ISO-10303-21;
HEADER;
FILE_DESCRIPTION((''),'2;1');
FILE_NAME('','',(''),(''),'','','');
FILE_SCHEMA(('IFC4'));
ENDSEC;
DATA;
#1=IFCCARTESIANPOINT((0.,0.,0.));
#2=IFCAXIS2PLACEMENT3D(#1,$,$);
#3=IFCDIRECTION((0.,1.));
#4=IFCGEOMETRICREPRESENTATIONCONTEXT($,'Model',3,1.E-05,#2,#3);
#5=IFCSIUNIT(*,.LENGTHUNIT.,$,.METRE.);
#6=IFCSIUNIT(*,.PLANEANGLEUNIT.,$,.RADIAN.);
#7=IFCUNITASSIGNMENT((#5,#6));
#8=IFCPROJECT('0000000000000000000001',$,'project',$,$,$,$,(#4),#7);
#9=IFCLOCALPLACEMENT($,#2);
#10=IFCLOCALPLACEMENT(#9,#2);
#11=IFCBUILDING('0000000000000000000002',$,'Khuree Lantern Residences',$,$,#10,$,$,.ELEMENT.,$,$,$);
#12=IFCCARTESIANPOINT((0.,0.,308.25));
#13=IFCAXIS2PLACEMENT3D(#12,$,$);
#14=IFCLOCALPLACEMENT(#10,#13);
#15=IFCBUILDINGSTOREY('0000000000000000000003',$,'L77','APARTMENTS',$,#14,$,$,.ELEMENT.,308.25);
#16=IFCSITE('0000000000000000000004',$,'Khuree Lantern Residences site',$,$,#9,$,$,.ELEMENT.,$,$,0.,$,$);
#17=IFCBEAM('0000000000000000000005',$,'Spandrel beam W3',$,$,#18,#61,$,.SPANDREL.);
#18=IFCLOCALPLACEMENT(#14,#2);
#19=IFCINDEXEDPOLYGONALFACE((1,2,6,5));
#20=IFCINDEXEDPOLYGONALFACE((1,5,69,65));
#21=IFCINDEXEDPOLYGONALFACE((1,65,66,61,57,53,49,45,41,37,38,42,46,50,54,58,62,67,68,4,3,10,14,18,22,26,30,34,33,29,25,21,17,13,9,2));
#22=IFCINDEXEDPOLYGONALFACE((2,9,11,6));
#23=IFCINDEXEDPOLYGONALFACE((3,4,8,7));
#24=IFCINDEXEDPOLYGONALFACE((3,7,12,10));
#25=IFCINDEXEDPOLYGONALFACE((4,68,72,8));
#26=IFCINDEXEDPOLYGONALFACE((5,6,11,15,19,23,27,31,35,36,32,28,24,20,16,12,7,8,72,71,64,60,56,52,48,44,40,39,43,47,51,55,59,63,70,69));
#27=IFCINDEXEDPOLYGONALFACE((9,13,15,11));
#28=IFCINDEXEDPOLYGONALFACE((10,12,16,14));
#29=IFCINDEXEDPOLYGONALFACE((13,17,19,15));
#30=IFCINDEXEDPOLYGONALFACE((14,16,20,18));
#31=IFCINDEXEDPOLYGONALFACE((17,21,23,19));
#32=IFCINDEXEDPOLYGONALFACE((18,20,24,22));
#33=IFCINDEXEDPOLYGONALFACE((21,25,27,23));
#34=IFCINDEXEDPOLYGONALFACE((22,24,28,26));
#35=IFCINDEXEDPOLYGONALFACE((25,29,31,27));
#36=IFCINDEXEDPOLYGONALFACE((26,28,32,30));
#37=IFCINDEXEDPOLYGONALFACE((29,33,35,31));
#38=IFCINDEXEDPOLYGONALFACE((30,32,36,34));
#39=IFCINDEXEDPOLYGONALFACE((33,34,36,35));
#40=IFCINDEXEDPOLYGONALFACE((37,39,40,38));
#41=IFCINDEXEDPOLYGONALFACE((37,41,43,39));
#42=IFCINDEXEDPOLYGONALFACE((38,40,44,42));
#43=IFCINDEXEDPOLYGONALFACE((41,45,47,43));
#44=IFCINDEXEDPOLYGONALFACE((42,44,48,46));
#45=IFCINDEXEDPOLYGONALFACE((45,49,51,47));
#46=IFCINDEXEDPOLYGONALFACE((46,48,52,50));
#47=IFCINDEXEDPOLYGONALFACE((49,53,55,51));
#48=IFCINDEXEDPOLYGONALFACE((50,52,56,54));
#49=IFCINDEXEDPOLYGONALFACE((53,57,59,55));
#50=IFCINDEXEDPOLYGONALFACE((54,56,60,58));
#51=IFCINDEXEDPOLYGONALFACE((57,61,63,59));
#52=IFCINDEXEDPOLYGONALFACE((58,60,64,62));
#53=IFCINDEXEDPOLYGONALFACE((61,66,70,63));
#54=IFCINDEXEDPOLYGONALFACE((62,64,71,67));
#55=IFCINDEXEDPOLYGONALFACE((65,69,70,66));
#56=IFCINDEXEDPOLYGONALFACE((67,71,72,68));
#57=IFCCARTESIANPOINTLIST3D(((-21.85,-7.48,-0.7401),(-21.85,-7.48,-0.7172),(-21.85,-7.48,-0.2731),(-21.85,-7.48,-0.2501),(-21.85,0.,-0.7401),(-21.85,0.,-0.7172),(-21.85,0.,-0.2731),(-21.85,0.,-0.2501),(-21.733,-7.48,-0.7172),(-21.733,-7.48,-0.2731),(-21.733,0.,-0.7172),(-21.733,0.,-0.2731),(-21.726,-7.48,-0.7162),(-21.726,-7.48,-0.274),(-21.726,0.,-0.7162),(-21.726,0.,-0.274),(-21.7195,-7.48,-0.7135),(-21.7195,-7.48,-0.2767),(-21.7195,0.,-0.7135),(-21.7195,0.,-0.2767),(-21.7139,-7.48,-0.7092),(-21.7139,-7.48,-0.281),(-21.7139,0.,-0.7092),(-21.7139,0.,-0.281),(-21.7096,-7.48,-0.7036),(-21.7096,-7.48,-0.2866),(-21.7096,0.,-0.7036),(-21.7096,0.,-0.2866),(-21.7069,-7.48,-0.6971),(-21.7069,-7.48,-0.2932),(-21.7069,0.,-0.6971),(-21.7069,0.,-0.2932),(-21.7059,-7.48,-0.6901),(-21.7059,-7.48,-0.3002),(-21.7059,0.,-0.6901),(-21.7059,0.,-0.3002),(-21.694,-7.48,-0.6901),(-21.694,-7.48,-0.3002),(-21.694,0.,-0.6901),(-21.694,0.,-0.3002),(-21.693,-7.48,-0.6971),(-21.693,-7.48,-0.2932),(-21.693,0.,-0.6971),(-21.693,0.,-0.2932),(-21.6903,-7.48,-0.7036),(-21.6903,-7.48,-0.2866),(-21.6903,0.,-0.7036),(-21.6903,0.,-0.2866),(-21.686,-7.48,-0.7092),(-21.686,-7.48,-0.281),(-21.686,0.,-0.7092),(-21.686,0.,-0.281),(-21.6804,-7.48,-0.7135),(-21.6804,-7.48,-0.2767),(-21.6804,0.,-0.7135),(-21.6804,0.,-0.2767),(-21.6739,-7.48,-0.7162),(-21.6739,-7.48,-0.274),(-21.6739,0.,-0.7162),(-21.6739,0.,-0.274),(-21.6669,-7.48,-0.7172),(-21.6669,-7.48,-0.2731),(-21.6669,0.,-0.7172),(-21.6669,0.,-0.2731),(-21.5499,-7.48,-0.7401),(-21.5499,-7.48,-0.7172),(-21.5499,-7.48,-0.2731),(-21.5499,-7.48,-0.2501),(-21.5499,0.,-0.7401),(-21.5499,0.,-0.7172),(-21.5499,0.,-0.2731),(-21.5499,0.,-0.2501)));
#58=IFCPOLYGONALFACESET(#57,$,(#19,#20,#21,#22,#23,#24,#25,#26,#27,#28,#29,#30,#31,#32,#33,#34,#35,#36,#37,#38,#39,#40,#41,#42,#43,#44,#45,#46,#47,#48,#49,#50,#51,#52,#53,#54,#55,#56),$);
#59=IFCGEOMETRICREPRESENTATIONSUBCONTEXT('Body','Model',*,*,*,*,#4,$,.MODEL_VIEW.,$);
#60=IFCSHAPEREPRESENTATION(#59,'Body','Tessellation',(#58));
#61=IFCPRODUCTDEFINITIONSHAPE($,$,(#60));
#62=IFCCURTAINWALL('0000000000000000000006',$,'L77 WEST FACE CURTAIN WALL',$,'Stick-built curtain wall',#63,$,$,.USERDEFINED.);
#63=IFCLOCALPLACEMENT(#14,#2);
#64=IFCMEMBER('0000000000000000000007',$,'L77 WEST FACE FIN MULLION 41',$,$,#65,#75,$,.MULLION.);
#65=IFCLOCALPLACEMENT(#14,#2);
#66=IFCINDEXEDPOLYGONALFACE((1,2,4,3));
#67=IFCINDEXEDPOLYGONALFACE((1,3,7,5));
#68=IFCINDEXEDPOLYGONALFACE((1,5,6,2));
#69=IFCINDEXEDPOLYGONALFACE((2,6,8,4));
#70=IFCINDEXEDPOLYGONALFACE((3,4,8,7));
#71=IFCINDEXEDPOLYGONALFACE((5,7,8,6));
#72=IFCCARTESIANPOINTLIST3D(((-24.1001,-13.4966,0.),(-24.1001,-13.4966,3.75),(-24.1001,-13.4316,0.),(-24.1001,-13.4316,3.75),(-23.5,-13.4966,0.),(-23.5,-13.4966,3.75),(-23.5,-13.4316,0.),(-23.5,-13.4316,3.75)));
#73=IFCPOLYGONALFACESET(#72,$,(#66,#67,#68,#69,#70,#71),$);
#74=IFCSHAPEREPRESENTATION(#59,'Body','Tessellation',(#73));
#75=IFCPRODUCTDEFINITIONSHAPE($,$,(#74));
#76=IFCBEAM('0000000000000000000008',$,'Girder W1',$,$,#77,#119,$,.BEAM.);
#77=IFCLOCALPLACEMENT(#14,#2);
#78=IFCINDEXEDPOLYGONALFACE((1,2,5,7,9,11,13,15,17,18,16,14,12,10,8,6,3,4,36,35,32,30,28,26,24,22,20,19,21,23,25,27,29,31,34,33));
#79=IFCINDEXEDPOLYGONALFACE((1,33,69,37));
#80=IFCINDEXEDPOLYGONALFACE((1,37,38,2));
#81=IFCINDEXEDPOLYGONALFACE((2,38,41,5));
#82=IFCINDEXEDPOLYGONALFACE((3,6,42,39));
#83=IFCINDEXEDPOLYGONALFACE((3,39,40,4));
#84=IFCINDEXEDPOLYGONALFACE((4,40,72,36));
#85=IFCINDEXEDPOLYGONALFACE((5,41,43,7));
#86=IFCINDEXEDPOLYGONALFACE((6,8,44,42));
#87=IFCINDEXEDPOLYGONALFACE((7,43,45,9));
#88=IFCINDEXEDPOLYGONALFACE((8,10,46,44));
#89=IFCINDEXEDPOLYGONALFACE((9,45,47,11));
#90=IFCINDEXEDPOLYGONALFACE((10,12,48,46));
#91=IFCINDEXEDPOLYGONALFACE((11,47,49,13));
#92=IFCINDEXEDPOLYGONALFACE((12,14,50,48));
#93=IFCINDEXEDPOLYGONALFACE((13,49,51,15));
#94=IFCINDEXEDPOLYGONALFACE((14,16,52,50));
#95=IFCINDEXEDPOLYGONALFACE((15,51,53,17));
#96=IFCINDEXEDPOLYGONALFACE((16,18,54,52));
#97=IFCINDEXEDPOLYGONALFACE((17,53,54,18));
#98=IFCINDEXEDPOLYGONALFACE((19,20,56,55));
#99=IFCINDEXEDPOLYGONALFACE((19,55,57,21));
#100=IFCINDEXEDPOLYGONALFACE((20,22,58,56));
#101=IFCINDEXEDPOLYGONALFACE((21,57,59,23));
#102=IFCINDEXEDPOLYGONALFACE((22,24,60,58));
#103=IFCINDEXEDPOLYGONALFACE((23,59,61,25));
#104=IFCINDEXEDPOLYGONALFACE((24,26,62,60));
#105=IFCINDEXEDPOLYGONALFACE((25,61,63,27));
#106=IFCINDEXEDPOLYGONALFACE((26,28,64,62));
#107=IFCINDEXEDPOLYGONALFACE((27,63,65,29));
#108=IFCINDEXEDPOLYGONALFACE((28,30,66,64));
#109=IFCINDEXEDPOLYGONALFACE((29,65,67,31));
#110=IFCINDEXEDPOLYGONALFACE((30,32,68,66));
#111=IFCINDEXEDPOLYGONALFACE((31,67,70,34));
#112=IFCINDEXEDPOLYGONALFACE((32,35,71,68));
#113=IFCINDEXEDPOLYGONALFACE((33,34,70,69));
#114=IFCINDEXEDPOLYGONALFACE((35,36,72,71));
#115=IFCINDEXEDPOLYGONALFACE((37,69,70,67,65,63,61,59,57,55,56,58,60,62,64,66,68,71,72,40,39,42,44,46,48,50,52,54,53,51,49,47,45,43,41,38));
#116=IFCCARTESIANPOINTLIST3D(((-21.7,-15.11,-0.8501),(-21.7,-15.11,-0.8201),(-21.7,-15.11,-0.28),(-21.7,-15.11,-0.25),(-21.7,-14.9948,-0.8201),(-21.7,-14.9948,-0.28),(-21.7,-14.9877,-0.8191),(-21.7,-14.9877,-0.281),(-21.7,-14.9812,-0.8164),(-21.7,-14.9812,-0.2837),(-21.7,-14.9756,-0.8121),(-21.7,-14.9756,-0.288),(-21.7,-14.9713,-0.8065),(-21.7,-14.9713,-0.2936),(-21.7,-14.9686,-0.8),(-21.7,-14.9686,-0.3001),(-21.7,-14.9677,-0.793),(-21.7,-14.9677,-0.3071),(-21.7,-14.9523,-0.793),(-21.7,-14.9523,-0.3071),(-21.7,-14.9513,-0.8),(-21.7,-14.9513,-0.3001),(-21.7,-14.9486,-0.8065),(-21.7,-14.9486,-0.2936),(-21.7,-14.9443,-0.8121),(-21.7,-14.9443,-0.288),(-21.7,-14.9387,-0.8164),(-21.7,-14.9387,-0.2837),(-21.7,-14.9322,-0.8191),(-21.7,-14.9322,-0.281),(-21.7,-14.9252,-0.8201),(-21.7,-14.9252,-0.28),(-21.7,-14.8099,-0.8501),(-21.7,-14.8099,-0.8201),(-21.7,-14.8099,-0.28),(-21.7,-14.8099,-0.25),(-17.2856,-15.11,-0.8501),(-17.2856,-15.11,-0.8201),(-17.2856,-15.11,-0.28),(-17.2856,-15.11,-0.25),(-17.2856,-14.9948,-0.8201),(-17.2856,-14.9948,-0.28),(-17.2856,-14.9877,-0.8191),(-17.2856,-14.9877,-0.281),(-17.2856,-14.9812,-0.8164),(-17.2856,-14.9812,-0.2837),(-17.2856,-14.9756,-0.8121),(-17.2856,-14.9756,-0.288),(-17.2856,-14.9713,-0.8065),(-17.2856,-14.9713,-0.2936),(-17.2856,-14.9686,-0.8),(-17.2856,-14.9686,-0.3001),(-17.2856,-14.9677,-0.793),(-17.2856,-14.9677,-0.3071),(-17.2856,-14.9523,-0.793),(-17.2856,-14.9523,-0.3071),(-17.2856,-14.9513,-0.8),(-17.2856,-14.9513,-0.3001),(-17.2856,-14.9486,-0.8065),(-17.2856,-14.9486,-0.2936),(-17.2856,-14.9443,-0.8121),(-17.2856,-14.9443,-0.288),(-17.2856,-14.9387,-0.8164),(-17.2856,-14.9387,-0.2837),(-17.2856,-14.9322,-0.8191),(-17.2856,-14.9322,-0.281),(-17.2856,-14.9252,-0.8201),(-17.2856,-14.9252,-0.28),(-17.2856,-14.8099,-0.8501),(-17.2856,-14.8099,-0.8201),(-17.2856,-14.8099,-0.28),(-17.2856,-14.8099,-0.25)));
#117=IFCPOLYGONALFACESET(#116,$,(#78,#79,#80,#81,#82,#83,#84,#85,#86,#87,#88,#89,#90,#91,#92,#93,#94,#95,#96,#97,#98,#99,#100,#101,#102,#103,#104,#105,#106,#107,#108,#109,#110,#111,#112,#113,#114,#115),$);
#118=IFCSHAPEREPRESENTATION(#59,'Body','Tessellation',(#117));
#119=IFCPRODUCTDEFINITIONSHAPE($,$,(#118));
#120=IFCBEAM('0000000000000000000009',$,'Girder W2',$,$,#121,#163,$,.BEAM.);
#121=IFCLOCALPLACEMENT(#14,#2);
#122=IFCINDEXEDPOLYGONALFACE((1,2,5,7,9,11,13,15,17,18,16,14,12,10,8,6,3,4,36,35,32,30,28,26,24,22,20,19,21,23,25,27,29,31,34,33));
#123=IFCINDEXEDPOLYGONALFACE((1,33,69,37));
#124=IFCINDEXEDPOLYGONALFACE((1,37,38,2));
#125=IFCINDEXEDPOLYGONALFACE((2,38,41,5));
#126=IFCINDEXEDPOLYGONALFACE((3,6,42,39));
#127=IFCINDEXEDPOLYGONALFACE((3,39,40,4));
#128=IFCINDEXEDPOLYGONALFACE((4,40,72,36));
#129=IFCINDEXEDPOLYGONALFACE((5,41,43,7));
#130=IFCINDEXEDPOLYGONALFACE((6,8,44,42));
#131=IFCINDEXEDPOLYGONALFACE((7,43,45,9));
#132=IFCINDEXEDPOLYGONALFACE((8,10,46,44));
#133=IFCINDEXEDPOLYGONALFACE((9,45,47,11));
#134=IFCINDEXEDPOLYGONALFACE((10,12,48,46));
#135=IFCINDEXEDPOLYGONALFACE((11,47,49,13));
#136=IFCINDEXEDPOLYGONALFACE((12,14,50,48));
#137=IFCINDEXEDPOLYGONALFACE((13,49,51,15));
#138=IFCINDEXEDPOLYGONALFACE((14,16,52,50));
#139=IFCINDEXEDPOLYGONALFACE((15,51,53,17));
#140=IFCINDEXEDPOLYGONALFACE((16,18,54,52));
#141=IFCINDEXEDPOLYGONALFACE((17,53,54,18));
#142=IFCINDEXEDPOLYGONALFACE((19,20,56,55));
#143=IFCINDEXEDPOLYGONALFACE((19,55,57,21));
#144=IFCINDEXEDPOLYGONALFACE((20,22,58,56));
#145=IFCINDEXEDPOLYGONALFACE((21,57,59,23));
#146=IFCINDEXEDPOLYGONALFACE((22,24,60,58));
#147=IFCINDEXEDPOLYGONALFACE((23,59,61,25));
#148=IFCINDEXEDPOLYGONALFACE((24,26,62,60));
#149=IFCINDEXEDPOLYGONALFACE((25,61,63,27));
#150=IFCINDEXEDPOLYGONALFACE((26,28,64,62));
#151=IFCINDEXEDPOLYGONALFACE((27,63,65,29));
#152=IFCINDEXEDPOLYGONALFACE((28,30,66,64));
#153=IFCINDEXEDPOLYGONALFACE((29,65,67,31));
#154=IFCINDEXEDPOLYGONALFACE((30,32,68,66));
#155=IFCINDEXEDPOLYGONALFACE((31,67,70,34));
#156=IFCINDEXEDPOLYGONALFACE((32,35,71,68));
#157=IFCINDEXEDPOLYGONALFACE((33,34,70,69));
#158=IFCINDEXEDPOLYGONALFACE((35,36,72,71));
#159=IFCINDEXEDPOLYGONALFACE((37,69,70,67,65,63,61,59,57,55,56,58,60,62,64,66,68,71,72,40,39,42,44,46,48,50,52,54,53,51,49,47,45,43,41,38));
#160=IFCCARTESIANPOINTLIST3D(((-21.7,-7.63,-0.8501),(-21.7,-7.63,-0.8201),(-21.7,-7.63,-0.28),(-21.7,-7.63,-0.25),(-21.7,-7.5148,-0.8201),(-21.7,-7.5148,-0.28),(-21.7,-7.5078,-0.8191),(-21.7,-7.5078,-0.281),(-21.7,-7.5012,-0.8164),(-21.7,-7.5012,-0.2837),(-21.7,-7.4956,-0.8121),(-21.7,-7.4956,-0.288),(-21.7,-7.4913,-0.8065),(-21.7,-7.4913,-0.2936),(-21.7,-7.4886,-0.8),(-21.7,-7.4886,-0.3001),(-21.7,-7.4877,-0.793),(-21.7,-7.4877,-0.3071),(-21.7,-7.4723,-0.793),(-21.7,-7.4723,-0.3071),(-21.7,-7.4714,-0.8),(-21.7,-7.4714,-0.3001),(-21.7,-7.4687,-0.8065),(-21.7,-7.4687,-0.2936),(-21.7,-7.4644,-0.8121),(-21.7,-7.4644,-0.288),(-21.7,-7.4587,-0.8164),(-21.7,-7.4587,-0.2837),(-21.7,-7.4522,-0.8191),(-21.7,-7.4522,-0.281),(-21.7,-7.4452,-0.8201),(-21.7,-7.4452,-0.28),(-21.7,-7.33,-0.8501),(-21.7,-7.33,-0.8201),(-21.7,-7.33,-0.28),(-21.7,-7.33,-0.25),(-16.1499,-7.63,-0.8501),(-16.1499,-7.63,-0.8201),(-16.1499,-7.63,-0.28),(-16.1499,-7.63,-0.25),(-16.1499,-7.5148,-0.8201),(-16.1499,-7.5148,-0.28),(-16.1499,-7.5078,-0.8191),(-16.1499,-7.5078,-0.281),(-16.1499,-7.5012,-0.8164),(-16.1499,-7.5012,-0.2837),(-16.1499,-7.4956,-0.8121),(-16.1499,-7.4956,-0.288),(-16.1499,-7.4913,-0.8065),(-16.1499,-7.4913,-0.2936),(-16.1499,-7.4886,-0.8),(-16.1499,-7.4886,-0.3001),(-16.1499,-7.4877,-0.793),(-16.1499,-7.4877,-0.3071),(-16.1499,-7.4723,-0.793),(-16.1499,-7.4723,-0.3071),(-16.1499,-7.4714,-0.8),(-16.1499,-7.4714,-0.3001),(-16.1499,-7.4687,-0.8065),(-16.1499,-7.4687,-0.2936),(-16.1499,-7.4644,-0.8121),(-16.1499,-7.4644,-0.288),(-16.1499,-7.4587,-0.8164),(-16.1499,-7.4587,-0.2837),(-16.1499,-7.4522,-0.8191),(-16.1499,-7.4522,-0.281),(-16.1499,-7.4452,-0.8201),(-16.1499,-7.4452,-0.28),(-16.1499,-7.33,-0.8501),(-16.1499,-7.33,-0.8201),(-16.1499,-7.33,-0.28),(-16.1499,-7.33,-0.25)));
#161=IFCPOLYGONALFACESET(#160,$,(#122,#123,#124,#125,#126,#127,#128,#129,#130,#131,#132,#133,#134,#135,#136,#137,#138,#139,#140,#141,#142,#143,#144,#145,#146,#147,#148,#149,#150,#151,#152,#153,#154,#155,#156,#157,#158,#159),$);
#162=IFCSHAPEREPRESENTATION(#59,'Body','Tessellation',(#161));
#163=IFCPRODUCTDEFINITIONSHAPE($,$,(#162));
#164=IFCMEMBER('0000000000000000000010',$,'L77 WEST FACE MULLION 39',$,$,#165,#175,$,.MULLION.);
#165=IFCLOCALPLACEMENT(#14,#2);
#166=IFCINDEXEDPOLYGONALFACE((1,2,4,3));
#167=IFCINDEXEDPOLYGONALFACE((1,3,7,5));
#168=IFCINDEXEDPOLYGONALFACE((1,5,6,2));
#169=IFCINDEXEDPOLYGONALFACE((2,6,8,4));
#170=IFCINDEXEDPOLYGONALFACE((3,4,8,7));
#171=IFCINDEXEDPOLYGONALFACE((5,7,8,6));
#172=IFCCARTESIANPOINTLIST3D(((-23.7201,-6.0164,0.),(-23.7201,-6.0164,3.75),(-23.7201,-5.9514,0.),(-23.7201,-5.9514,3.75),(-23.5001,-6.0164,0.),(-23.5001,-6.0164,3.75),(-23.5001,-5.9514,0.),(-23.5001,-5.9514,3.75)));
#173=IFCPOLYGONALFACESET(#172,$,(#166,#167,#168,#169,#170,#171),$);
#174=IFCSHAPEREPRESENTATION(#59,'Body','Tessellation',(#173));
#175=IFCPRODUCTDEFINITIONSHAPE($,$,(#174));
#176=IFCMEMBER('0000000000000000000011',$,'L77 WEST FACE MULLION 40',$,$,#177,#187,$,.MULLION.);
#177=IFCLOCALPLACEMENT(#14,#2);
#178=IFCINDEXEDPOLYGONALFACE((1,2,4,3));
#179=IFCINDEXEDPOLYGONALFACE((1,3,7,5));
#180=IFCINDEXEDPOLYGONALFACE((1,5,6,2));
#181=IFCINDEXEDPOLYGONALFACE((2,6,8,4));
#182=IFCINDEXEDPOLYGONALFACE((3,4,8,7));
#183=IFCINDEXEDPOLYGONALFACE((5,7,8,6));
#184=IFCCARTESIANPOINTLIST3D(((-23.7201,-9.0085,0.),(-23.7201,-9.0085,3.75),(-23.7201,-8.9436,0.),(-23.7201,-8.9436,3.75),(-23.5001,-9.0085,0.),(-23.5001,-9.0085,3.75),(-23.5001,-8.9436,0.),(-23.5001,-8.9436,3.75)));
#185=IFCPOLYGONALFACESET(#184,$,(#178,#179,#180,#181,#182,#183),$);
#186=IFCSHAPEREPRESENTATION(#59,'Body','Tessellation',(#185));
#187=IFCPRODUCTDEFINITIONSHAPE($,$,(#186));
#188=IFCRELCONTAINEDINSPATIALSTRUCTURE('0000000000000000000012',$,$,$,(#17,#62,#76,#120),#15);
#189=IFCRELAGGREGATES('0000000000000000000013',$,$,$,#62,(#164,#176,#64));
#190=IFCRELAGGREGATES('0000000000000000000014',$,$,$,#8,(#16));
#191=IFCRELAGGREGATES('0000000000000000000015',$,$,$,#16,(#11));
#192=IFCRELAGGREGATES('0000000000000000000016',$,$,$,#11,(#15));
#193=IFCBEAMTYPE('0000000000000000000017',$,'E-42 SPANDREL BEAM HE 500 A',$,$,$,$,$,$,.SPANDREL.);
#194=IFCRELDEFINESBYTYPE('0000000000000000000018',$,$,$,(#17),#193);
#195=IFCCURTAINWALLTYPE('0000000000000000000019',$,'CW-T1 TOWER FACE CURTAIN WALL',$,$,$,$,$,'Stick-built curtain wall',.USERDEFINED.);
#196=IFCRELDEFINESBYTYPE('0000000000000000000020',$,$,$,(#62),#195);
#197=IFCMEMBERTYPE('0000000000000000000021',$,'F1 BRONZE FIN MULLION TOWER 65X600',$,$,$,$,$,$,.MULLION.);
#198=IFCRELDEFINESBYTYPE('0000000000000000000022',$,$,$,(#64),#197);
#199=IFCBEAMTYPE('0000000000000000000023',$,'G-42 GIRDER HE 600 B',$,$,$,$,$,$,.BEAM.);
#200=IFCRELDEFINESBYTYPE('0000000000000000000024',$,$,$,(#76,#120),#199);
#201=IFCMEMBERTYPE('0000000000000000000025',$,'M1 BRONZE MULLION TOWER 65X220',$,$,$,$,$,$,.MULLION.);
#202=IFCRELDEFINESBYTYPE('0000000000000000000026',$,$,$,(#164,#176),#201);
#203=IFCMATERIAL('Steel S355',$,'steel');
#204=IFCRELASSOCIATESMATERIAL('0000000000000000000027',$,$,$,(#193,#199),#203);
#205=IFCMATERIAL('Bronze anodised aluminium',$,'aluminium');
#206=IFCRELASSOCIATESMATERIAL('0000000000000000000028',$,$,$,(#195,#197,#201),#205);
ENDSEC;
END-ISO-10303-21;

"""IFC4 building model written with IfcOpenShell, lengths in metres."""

from ifc_helpers import new_model, si_unit, direction, frame, origin, origin_2d, place, context, subcontext, project, spatial, rectangle, i_section, extrude, material, material_profile, profile_set, type_object, element, aggregate, save


model = new_model("IFC4")

# Units and contexts
model_context = context("Model", 3, precision=1e-05, world=origin(), true_north=direction((0.0, 1.0)))
body_context = subcontext(model_context, "Body", "Model", "MODEL_VIEW")
ifc_project = project(units=[si_unit("LENGTHUNIT", "METRE"), si_unit("PLANEANGLEUNIT", "RADIAN")], contexts=[model_context])

# Site, building, storey
site_placement = place(None, origin())
site = spatial("IfcSite", under=ifc_project, at=site_placement, Name="Khuree Lantern Residences site", CompositionType="ELEMENT", RefElevation=0.0)
building_placement = place(site_placement, origin())
building = spatial("IfcBuilding", under=site, at=building_placement, Name="Khuree Lantern Residences", CompositionType="ELEMENT")
storey_placement = place(building_placement, frame((0.0, 0.0, 308.25)))
storey = spatial("IfcBuildingStorey", under=building, at=storey_placement, Name="L77", Description="APARTMENTS", CompositionType="ELEMENT", Elevation=308.25)

# Beam
ifc_material_1 = material(Name="Steel S355", Category="steel")
ifc_material_profile_1 = material_profile(ifc_material_1, i_section(OverallWidth=0.3, OverallDepth=0.49, WebThickness=0.012, FlangeThickness=0.0229, FilletRadius=0.0271, at=origin_2d()), Name="HE 500 A")
ifc_profile_set_1 = profile_set([ifc_material_profile_1], Name="Steel S355")
beam_type_1 = type_object("IfcBeamType", Name="E-42 SPANDREL BEAM HE 500 A", PredefinedType="SPANDREL", material=ifc_profile_set_1)
for number, where, z_axis, x_axis, name in (
    (1, (-21.7, -7.48, -0.4951), (0.0, 1.0, 0.0), (-1.0, 0.0, 0.0), "Spandrel beam W3"),
):
    element("IfcBeam", number, at=place(storey_placement, frame(where, z_axis=z_axis, x_axis=x_axis)), inside=storey, type_object=beam_type_1, Name=name, PredefinedType="SPANDREL", context=body_context, shape_type="SweptSolid", body=[
        extrude(i_section(OverallWidth=0.3, OverallDepth=0.49, WebThickness=0.012, FlangeThickness=0.0229, FilletRadius=0.0271, at=origin_2d()), origin(), (0.0, 0.0, 1.0), 7.48),
    ])

# Curtain wall, member
ifc_material_2 = material(Name="Bronze anodised aluminium", Category="aluminium")
curtain_wall_type = type_object("IfcCurtainWallType", Name="CW-T1 TOWER FACE CURTAIN WALL", ElementType="Stick-built curtain wall", PredefinedType="USERDEFINED", material=ifc_material_2)
curtain_wall_placement = place(storey_placement, origin())
curtain_wall = element("IfcCurtainWall", 2, at=curtain_wall_placement, inside=storey, type_object=curtain_wall_type, Name="L77 WEST FACE CURTAIN WALL", ObjectType="Stick-built curtain wall", PredefinedType="USERDEFINED")
ifc_material_profile_2 = material_profile(ifc_material_2, rectangle(XDim=0.0649, YDim=0.6001, at=origin_2d()), Name="F1 65X600")
ifc_profile_set_2 = profile_set([ifc_material_profile_2], Name="Bronze anodised aluminium")
member_type_1 = type_object("IfcMemberType", Name="F1 BRONZE FIN MULLION TOWER 65X600", PredefinedType="MULLION", material=ifc_profile_set_2)
member_1_placement = place(storey_placement, frame((-23.8, -13.4641, 0.0), z_axis=(0.0, 0.0, 1.0), x_axis=(0.0, -1.0, 0.0)))
member_1 = element("IfcMember", 3, at=member_1_placement, type_object=member_type_1, Name="L77 WEST FACE FIN MULLION 41", PredefinedType="MULLION", context=body_context, shape_type="SweptSolid", body=[
    extrude(rectangle(XDim=0.0649, YDim=0.6001, at=origin_2d()), origin(), (0.0, 0.0, 1.0), 3.75),
])

# Beams
ifc_material_profile_3 = material_profile(ifc_material_1, i_section(OverallWidth=0.3, OverallDepth=0.6001, WebThickness=0.0154, FlangeThickness=0.03, FilletRadius=0.0271, at=origin_2d()), Name="HE 600 B")
ifc_profile_set_3 = profile_set([ifc_material_profile_3], Name="Steel S355")
beam_type_2 = type_object("IfcBeamType", Name="G-42 GIRDER HE 600 B", PredefinedType="BEAM", material=ifc_profile_set_3)
beam_1_placement = place(storey_placement, frame((-21.7, -14.96, -0.55), z_axis=(1.0, 0.0, 0.0), x_axis=(0.0, 1.0, 0.0)))
element("IfcBeam", 4, at=beam_1_placement, inside=storey, type_object=beam_type_2, Name="Girder W1", PredefinedType="BEAM", context=body_context, shape_type="SweptSolid", body=[
    extrude(i_section(OverallWidth=0.3, OverallDepth=0.6001, WebThickness=0.0154, FlangeThickness=0.03, FilletRadius=0.0271, at=origin_2d()), origin(), (0.0, 0.0, 1.0), 4.4143),
])
beam_2_placement = place(storey_placement, frame((-21.7, -7.48, -0.55), z_axis=(1.0, 0.0, 0.0), x_axis=(0.0, 1.0, 0.0)))
element("IfcBeam", 5, at=beam_2_placement, inside=storey, type_object=beam_type_2, Name="Girder W2", PredefinedType="BEAM", context=body_context, shape_type="SweptSolid", body=[
    extrude(i_section(OverallWidth=0.3, OverallDepth=0.6001, WebThickness=0.0154, FlangeThickness=0.03, FilletRadius=0.0271, at=origin_2d()), origin(), (0.0, 0.0, 1.0), 5.55),
])

# Members
ifc_material_profile_4 = material_profile(ifc_material_2, rectangle(XDim=0.0649, YDim=0.22, at=origin_2d()), Name="M1 65X220")
ifc_profile_set_4 = profile_set([ifc_material_profile_4], Name="Bronze anodised aluminium")
member_type_2 = type_object("IfcMemberType", Name="M1 BRONZE MULLION TOWER 65X220", PredefinedType="MULLION", material=ifc_profile_set_4)
member_2_placement = place(storey_placement, frame((-23.6101, -5.9839, 0.0), z_axis=(0.0, 0.0, 1.0), x_axis=(0.0, -1.0, 0.0)))
member_2 = element("IfcMember", 6, at=member_2_placement, type_object=member_type_2, Name="L77 WEST FACE MULLION 39", PredefinedType="MULLION", context=body_context, shape_type="SweptSolid", body=[
    extrude(rectangle(XDim=0.0649, YDim=0.22, at=origin_2d()), origin(), (0.0, 0.0, 1.0), 3.75),
])
member_3_placement = place(storey_placement, frame((-23.6101, -8.9761, 0.0), z_axis=(0.0, 0.0, 1.0), x_axis=(0.0, -1.0, 0.0)))
member_3 = element("IfcMember", 7, at=member_3_placement, type_object=member_type_2, Name="L77 WEST FACE MULLION 40", PredefinedType="MULLION", context=body_context, shape_type="SweptSolid", body=[
    extrude(rectangle(XDim=0.0649, YDim=0.22, at=origin_2d()), origin(), (0.0, 0.0, 1.0), 3.75),
])

aggregate(curtain_wall, [member_2, member_3, member_1])

save(model, "model.ifc")
